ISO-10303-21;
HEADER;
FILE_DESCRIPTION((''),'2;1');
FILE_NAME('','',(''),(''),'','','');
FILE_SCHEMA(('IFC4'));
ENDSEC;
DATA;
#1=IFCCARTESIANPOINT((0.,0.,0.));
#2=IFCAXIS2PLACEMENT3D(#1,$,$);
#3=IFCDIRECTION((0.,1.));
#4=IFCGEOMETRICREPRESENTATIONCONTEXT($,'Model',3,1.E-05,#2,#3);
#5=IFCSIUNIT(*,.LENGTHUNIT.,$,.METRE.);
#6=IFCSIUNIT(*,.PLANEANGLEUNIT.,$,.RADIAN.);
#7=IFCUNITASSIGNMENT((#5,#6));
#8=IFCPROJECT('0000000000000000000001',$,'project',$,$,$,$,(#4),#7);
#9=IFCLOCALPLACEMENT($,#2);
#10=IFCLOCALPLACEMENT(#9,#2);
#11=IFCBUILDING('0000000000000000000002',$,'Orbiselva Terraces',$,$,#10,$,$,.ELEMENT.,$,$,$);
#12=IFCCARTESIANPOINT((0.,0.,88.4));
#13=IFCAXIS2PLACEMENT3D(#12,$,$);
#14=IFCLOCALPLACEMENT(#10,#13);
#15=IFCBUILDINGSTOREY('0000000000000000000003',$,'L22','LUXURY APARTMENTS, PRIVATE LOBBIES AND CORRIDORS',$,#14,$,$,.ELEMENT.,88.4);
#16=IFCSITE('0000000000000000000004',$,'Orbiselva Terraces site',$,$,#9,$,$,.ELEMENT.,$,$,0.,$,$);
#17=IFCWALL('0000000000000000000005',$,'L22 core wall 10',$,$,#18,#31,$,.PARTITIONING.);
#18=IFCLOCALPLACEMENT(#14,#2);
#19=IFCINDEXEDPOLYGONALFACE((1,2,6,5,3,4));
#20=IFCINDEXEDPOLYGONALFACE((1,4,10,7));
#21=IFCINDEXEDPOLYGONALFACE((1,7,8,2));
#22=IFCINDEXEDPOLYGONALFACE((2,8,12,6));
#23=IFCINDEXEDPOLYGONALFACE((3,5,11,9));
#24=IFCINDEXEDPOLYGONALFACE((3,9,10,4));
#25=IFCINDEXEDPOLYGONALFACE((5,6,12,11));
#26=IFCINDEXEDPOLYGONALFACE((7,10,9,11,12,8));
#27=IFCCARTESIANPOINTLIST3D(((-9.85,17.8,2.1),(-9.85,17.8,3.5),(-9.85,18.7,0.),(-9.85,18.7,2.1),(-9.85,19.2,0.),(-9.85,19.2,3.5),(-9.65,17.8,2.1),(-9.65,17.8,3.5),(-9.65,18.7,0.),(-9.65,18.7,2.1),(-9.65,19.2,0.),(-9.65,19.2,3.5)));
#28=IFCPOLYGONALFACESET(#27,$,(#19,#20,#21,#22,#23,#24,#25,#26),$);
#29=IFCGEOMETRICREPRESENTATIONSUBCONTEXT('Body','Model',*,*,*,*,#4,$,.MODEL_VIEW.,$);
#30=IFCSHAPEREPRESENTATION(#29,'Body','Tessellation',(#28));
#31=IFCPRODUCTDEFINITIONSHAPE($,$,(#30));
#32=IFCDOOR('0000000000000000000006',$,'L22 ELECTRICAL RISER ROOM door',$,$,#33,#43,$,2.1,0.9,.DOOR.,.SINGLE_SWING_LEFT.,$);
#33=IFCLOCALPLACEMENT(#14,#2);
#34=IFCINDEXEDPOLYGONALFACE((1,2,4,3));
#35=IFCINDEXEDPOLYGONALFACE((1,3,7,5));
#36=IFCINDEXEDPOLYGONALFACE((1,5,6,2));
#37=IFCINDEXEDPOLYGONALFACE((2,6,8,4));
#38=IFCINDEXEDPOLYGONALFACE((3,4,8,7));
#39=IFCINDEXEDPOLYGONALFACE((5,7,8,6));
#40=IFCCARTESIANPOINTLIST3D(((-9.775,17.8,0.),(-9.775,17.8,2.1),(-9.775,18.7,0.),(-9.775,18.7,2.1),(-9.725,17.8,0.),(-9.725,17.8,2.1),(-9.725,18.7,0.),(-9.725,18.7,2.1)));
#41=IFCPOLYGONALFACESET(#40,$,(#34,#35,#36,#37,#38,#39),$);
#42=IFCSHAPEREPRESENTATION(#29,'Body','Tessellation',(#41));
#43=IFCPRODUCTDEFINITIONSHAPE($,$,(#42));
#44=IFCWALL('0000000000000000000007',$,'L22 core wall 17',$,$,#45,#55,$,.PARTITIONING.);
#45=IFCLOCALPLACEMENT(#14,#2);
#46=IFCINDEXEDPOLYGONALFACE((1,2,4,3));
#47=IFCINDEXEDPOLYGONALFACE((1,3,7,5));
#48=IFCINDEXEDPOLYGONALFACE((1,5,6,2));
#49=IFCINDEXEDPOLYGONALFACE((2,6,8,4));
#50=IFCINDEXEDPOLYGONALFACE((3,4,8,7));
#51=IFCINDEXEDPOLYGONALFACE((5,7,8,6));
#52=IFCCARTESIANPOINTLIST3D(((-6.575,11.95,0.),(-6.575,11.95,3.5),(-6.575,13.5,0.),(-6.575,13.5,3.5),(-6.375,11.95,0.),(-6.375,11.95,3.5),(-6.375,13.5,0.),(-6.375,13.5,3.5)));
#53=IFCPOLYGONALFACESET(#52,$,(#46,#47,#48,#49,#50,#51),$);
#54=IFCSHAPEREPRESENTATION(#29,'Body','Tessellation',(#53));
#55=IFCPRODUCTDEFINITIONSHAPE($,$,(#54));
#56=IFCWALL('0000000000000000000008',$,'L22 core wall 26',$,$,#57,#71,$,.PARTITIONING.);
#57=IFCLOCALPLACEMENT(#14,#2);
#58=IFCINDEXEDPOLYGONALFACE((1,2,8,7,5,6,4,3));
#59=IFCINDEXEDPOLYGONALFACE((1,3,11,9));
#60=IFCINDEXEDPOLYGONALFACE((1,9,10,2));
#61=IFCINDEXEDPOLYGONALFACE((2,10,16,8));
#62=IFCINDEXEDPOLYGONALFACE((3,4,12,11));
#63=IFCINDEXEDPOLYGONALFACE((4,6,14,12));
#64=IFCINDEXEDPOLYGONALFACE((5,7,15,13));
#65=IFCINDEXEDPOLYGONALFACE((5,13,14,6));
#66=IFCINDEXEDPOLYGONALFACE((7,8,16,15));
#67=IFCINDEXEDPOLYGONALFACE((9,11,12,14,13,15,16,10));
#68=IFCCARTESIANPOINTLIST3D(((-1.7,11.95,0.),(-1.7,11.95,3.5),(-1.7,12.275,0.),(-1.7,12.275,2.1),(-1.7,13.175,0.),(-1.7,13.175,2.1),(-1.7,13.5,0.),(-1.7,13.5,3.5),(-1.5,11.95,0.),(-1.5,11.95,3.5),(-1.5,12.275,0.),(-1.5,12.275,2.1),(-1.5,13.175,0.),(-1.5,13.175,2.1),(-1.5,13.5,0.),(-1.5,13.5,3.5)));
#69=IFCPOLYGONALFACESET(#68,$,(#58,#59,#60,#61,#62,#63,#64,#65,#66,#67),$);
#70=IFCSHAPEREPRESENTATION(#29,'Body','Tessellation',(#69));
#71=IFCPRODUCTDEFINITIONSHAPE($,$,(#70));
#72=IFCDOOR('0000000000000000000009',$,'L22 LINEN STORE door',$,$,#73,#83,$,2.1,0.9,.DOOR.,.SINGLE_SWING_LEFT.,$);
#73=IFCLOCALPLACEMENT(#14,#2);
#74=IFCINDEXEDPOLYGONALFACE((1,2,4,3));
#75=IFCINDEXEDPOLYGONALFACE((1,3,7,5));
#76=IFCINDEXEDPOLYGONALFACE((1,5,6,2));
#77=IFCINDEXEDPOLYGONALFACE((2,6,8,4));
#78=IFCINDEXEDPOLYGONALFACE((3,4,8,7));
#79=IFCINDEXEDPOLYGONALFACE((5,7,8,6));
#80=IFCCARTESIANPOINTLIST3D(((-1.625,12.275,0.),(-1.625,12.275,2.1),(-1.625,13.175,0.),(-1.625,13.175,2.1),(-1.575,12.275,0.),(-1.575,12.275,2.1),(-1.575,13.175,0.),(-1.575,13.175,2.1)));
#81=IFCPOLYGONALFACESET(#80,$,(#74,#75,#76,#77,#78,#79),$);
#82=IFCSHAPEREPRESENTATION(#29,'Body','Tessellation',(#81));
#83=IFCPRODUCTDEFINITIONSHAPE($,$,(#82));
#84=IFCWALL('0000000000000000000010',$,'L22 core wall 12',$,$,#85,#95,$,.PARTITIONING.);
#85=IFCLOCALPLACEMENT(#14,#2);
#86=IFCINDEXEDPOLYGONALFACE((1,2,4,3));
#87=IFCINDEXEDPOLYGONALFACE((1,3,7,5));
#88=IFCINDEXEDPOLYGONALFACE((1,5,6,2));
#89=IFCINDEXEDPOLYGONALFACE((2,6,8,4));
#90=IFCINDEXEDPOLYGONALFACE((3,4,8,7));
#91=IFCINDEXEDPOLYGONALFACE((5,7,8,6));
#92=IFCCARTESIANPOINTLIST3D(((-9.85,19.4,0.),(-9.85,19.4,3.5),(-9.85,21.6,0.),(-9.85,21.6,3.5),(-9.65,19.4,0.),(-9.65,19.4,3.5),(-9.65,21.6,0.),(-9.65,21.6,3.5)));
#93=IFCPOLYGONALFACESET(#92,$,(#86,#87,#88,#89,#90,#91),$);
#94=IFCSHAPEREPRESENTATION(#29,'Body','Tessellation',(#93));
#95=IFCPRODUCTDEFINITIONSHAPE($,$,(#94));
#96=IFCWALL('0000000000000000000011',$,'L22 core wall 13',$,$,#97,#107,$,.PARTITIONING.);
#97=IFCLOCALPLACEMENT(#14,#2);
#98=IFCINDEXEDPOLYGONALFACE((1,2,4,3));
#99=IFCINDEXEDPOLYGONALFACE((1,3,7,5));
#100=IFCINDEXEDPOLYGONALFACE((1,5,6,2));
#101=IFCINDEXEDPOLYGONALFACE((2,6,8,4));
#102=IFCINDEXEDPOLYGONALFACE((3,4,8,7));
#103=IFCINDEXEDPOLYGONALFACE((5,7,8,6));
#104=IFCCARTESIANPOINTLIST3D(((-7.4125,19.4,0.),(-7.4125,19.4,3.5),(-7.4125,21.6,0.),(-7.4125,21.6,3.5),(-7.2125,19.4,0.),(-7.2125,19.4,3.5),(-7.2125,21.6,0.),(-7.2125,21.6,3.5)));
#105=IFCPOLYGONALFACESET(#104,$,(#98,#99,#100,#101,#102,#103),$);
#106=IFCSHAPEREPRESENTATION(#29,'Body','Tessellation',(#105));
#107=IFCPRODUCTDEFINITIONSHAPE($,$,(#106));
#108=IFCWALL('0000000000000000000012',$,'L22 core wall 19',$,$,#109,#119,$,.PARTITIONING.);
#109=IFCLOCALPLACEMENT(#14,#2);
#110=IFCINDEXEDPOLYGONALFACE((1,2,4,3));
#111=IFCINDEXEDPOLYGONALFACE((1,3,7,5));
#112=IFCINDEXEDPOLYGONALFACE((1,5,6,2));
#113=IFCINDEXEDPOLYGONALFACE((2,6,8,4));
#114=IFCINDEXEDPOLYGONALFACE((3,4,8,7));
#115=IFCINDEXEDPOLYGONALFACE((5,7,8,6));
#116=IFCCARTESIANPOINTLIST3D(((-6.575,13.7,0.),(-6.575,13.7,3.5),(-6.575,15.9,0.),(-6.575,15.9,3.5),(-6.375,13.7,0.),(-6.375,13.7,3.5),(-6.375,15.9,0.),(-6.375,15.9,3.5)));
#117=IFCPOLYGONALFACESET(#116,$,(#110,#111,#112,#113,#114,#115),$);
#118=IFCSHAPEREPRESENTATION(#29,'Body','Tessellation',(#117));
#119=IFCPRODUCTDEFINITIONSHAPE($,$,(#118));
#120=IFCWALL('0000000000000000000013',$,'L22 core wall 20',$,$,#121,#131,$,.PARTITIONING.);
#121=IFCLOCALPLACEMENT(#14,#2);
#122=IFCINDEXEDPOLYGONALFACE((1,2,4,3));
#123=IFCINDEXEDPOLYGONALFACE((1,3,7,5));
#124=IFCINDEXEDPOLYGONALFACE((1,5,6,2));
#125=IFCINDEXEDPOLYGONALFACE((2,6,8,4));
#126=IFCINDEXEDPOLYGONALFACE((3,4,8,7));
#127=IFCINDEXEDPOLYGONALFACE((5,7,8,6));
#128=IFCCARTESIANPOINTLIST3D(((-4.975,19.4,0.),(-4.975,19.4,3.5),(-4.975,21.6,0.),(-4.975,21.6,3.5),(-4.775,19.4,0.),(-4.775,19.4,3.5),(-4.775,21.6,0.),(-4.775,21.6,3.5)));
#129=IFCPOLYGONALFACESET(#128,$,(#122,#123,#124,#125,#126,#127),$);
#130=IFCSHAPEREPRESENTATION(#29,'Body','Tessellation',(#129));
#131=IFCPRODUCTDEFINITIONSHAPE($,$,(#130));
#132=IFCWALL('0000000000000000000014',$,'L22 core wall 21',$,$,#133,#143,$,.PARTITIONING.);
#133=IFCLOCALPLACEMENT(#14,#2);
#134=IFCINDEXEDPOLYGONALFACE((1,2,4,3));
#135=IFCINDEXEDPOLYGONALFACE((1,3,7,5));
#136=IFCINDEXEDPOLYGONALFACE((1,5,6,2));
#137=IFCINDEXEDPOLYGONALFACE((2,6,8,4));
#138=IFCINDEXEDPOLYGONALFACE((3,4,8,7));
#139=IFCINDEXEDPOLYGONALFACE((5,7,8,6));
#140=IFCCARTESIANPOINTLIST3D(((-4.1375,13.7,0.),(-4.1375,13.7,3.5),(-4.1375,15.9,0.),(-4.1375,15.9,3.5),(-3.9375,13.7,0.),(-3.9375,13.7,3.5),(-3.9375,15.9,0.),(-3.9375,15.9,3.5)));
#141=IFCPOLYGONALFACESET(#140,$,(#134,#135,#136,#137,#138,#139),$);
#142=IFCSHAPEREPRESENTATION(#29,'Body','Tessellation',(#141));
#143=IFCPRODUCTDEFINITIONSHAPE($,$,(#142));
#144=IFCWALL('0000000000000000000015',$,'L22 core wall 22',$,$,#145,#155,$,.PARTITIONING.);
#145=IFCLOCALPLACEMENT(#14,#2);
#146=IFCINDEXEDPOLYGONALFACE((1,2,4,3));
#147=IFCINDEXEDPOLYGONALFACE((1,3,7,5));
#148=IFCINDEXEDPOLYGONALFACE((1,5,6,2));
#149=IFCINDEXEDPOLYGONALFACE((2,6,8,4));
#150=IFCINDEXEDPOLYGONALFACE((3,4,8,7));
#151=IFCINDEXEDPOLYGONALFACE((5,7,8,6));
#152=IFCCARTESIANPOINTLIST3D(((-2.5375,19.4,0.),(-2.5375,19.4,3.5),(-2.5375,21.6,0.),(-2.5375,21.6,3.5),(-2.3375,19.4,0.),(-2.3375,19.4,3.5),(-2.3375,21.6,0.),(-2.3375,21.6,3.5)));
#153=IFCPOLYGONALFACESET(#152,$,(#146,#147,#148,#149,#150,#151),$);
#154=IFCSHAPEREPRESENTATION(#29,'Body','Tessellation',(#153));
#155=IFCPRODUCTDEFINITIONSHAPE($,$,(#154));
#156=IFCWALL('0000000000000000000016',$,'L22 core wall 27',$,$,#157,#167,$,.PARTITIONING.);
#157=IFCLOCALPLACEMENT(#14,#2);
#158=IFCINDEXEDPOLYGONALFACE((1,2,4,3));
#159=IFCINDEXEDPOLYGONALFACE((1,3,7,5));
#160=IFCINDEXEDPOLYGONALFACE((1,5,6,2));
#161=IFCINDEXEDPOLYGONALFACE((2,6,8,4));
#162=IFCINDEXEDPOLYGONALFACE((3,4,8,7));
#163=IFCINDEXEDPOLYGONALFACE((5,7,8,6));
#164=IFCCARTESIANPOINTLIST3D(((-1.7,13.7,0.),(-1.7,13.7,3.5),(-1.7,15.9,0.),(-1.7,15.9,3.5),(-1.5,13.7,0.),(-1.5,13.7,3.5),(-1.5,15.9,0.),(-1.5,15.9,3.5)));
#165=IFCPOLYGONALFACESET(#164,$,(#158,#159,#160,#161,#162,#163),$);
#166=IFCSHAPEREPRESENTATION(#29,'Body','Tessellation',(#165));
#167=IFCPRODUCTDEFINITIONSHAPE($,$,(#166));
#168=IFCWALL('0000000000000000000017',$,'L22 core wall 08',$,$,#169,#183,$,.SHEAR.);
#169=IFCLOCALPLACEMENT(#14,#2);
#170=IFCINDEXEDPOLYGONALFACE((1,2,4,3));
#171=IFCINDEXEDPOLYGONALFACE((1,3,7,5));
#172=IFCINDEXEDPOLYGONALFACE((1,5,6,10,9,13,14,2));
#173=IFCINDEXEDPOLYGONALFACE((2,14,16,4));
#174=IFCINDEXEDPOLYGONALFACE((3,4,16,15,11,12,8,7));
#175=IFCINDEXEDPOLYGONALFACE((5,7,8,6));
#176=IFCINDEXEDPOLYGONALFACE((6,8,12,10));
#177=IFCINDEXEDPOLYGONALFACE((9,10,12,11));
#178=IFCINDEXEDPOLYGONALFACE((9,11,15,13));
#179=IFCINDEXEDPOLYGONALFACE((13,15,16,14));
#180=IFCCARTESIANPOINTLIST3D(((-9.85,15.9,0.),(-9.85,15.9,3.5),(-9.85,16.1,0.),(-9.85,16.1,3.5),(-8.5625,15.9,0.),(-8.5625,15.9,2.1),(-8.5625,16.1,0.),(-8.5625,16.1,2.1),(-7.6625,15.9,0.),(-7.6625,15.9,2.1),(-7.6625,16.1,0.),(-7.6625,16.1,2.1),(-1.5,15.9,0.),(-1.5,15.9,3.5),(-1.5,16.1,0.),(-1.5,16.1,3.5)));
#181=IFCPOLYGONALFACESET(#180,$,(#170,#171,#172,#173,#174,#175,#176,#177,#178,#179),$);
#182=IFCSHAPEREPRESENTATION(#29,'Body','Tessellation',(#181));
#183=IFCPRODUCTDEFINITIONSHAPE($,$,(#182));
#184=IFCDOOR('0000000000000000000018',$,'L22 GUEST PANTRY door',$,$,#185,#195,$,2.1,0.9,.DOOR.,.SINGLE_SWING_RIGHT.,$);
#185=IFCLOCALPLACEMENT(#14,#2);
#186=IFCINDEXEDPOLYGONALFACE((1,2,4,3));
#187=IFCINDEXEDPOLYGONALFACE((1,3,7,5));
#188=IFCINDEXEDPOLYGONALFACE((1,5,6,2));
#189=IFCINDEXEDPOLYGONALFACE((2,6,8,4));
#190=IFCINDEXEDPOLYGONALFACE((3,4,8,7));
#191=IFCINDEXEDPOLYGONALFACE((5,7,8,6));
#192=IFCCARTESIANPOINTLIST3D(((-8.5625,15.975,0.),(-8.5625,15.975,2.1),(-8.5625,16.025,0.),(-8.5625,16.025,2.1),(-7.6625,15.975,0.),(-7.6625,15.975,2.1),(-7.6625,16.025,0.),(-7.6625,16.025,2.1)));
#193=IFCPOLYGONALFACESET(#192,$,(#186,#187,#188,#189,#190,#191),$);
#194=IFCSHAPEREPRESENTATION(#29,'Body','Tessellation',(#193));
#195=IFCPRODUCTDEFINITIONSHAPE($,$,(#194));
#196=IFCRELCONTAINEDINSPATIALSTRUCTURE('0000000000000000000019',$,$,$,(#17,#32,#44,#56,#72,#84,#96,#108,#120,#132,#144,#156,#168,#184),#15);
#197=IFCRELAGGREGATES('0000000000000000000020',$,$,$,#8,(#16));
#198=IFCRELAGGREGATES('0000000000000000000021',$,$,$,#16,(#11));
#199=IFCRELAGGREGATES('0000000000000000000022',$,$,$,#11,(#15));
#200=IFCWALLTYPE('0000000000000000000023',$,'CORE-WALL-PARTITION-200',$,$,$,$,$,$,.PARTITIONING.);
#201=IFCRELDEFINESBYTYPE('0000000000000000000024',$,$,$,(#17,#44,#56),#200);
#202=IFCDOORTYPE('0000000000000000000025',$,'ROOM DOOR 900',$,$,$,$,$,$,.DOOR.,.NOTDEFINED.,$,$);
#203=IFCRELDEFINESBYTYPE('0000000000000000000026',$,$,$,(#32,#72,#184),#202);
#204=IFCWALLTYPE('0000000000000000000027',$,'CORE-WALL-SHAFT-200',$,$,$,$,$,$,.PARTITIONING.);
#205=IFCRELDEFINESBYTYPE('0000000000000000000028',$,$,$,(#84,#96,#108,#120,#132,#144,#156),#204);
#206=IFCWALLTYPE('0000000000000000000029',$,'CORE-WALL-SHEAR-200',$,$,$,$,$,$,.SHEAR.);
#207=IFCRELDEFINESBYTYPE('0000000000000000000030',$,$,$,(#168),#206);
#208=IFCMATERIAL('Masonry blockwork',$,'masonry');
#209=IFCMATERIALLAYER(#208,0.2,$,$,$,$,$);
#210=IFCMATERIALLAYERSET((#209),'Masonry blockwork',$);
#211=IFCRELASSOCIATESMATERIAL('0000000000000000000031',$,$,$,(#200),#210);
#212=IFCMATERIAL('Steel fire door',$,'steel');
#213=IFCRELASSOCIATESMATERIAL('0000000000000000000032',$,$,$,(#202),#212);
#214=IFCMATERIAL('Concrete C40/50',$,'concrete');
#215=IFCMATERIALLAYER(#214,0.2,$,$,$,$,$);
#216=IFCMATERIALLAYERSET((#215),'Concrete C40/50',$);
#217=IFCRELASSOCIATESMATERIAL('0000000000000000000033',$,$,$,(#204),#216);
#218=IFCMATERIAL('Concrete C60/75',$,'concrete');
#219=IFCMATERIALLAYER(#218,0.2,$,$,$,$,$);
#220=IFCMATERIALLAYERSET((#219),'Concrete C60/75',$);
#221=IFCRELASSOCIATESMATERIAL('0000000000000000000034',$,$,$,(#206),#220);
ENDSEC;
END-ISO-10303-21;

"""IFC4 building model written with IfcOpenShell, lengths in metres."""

from ifc_helpers import new_model, si_unit, direction, frame, frame_2d, origin, place, context, subcontext, project, spatial, rectangle, extrude, material, layer, layer_set, type_object, element, fill, save


model = new_model("IFC4")

# Units and contexts
model_context = context("Model", 3, precision=1e-05, world=origin(), true_north=direction((0.0, 1.0)))
body_context = subcontext(model_context, "Body", "Model", "MODEL_VIEW")
ifc_project = project(units=[si_unit("LENGTHUNIT", "METRE"), si_unit("PLANEANGLEUNIT", "RADIAN")], contexts=[model_context])

# Site, building, storey
site_placement = place(None, origin())
site = spatial("IfcSite", under=ifc_project, at=site_placement, Name="Orbiselva Terraces site", CompositionType="ELEMENT", RefElevation=0.0)
building_placement = place(site_placement, origin())
building = spatial("IfcBuilding", under=site, at=building_placement, Name="Orbiselva Terraces", CompositionType="ELEMENT")
storey_placement = place(building_placement, frame((0.0, 0.0, 88.4)))
storey = spatial("IfcBuildingStorey", under=building, at=storey_placement, Name="L22", Description="LUXURY APARTMENTS, PRIVATE LOBBIES AND CORRIDORS", CompositionType="ELEMENT", Elevation=88.4)

# Wall, opening, door
ifc_material_1 = material(Name="Masonry blockwork", Category="masonry")
ifc_layer_1 = layer(ifc_material_1, 0.2)
ifc_layer_set_1 = layer_set([ifc_layer_1], Name="Masonry blockwork")
wall_type_1 = type_object("IfcWallType", Name="CORE-WALL-PARTITION-200", PredefinedType="PARTITIONING", material=ifc_layer_set_1)
wall_1_placement = place(storey_placement, frame((-9.75, 17.8, 0.0), z_axis=(0.0, 0.0, 1.0), x_axis=(0.0, 1.0, 0.0)))
wall_1 = element("IfcWall", 1, at=wall_1_placement, inside=storey, type_object=wall_type_1, Name="L22 core wall 10", PredefinedType="PARTITIONING", context=body_context, shape_type="SweptSolid", body=[
    extrude(rectangle(XDim=1.4, YDim=0.2, at=frame_2d((0.7, 0.0))), origin(), (0.0, 0.0, 1.0), 3.5),
])
opening_1_placement = place(wall_1_placement, origin())
opening_1 = element("IfcOpeningElement", 2, at=opening_1_placement, cuts=wall_1, PredefinedType="OPENING", context=body_context, shape_type="SweptSolid", body=[
    extrude(rectangle(XDim=0.9, YDim=2.1, at=frame_2d((0.45, 1.05))), frame((0.0, 0.11, 0.0), z_axis=(0.0, -1.0, 0.0), x_axis=(1.0, 0.0, 0.0)), (0.0, 0.0, 1.0), 0.22),
])
ifc_material_2 = material(Name="Steel fire door", Category="steel")
door_type_1 = type_object("IfcDoorType", Name="ROOM DOOR 900", OperationType="NOTDEFINED", PredefinedType="DOOR", material=ifc_material_2)
door_1_placement = place(opening_1_placement, origin())
door_1 = element("IfcDoor", 3, at=door_1_placement, inside=storey, type_object=door_type_1, Name="L22 ELECTRICAL RISER ROOM door", OperationType="SINGLE_SWING_LEFT", OverallHeight=2.1, OverallWidth=0.9, PredefinedType="DOOR", context=body_context, shape_type="SweptSolid", body=[
    extrude(rectangle(XDim=0.9, YDim=2.1, at=frame_2d((0.45, 1.05))), frame((0.0, 0.025, 0.0), z_axis=(0.0, -1.0, 0.0), x_axis=(1.0, 0.0, 0.0)), (0.0, 0.0, 1.0), 0.05),
])
fill(opening_1, door_1)

# Wall
wall_2_placement = place(storey_placement, frame((-6.475, 11.95, 0.0), z_axis=(0.0, 0.0, 1.0), x_axis=(0.0, 1.0, 0.0)))
element("IfcWall", 4, at=wall_2_placement, inside=storey, type_object=wall_type_1, Name="L22 core wall 17", PredefinedType="PARTITIONING", context=body_context, shape_type="SweptSolid", body=[
    extrude(rectangle(XDim=1.55, YDim=0.2, at=frame_2d((0.775, 0.0))), origin(), (0.0, 0.0, 1.0), 3.5),
])

# Wall, opening, door
wall_3_placement = place(storey_placement, frame((-1.6, 11.95, 0.0), z_axis=(0.0, 0.0, 1.0), x_axis=(0.0, 1.0, 0.0)))
wall_3 = element("IfcWall", 5, at=wall_3_placement, inside=storey, type_object=wall_type_1, Name="L22 core wall 26", PredefinedType="PARTITIONING", context=body_context, shape_type="SweptSolid", body=[
    extrude(rectangle(XDim=1.55, YDim=0.2, at=frame_2d((0.775, 0.0))), origin(), (0.0, 0.0, 1.0), 3.5),
])
opening_2_placement = place(wall_3_placement, frame((0.325, 0.0, 0.0)))
opening_2 = element("IfcOpeningElement", 6, at=opening_2_placement, cuts=wall_3, PredefinedType="OPENING", context=body_context, shape_type="SweptSolid", body=[
    extrude(rectangle(XDim=0.9, YDim=2.1, at=frame_2d((0.45, 1.05))), frame((0.0, 0.11, 0.0), z_axis=(0.0, -1.0, 0.0), x_axis=(1.0, 0.0, 0.0)), (0.0, 0.0, 1.0), 0.22),
])
door_2_placement = place(opening_2_placement, origin())
door_2 = element("IfcDoor", 7, at=door_2_placement, inside=storey, type_object=door_type_1, Name="L22 LINEN STORE door", OperationType="SINGLE_SWING_LEFT", OverallHeight=2.1, OverallWidth=0.9, PredefinedType="DOOR", context=body_context, shape_type="SweptSolid", body=[
    extrude(rectangle(XDim=0.9, YDim=2.1, at=frame_2d((0.45, 1.05))), frame((0.0, 0.025, 0.0), z_axis=(0.0, -1.0, 0.0), x_axis=(1.0, 0.0, 0.0)), (0.0, 0.0, 1.0), 0.05),
])
fill(opening_2, door_2)

# Walls
ifc_material_3 = material(Name="Concrete C40/50", Category="concrete")
ifc_layer_2 = layer(ifc_material_3, 0.2)
ifc_layer_set_2 = layer_set([ifc_layer_2], Name="Concrete C40/50")
wall_type_2 = type_object("IfcWallType", Name="CORE-WALL-SHAFT-200", PredefinedType="PARTITIONING", material=ifc_layer_set_2)
for number, where, z_axis, x_axis, name in (
    (8, (-9.75, 19.4, 0.0), (0.0, 0.0, 1.0), (0.0, 1.0, 0.0), "L22 core wall 12"),
    (9, (-7.3125, 19.4, 0.0), (0.0, 0.0, 1.0), (0.0, 1.0, 0.0), "L22 core wall 13"),
    (10, (-6.475, 13.7, 0.0), (0.0, 0.0, 1.0), (0.0, 1.0, 0.0), "L22 core wall 19"),
    (11, (-4.875, 19.4, 0.0), (0.0, 0.0, 1.0), (0.0, 1.0, 0.0), "L22 core wall 20"),
    (12, (-4.0375, 13.7, 0.0), (0.0, 0.0, 1.0), (0.0, 1.0, 0.0), "L22 core wall 21"),
    (13, (-2.4375, 19.4, 0.0), (0.0, 0.0, 1.0), (0.0, 1.0, 0.0), "L22 core wall 22"),
    (14, (-1.6, 13.7, 0.0), (0.0, 0.0, 1.0), (0.0, 1.0, 0.0), "L22 core wall 27"),
):
    element("IfcWall", number, at=place(storey_placement, frame(where, z_axis=z_axis, x_axis=x_axis)), inside=storey, type_object=wall_type_2, Name=name, PredefinedType="PARTITIONING", context=body_context, shape_type="SweptSolid", body=[
        extrude(rectangle(XDim=2.2, YDim=0.2, at=frame_2d((1.1, 0.0))), origin(), (0.0, 0.0, 1.0), 3.5),
    ])

# Wall, opening, door
ifc_material_4 = material(Name="Concrete C60/75", Category="concrete")
ifc_layer_3 = layer(ifc_material_4, 0.2)
ifc_layer_set_3 = layer_set([ifc_layer_3], Name="Concrete C60/75")
wall_type_3 = type_object("IfcWallType", Name="CORE-WALL-SHEAR-200", PredefinedType="SHEAR", material=ifc_layer_set_3)
wall_4_placement = place(storey_placement, frame((-1.5, 16.0, 0.0), z_axis=(0.0, 0.0, 1.0), x_axis=(-1.0, 0.0, 0.0)))
wall_4 = element("IfcWall", 15, at=wall_4_placement, inside=storey, type_object=wall_type_3, Name="L22 core wall 08", PredefinedType="SHEAR", context=body_context, shape_type="SweptSolid", body=[
    extrude(rectangle(XDim=8.35, YDim=0.2, at=frame_2d((4.175, 0.0))), origin(), (0.0, 0.0, 1.0), 3.5),
])
opening_3_placement = place(wall_4_placement, frame((6.1625, 0.0, 0.0)))
opening_3 = element("IfcOpeningElement", 16, at=opening_3_placement, cuts=wall_4, PredefinedType="OPENING", context=body_context, shape_type="SweptSolid", body=[
    extrude(rectangle(XDim=0.9, YDim=2.1, at=frame_2d((0.45, 1.05))), frame((0.0, 0.11, 0.0), z_axis=(0.0, -1.0, 0.0), x_axis=(1.0, 0.0, 0.0)), (0.0, 0.0, 1.0), 0.22),
])
door_3_placement = place(opening_3_placement, origin())
door_3 = element("IfcDoor", 17, at=door_3_placement, inside=storey, type_object=door_type_1, Name="L22 GUEST PANTRY door", OperationType="SINGLE_SWING_RIGHT", OverallHeight=2.1, OverallWidth=0.9, PredefinedType="DOOR", context=body_context, shape_type="SweptSolid", body=[
    extrude(rectangle(XDim=0.9, YDim=2.1, at=frame_2d((0.45, 1.05))), frame((0.0, 0.025, 0.0), z_axis=(0.0, -1.0, 0.0), x_axis=(1.0, 0.0, 0.0)), (0.0, 0.0, 1.0), 0.05),
])
fill(opening_3, door_3)

save(model, "model.ifc")
